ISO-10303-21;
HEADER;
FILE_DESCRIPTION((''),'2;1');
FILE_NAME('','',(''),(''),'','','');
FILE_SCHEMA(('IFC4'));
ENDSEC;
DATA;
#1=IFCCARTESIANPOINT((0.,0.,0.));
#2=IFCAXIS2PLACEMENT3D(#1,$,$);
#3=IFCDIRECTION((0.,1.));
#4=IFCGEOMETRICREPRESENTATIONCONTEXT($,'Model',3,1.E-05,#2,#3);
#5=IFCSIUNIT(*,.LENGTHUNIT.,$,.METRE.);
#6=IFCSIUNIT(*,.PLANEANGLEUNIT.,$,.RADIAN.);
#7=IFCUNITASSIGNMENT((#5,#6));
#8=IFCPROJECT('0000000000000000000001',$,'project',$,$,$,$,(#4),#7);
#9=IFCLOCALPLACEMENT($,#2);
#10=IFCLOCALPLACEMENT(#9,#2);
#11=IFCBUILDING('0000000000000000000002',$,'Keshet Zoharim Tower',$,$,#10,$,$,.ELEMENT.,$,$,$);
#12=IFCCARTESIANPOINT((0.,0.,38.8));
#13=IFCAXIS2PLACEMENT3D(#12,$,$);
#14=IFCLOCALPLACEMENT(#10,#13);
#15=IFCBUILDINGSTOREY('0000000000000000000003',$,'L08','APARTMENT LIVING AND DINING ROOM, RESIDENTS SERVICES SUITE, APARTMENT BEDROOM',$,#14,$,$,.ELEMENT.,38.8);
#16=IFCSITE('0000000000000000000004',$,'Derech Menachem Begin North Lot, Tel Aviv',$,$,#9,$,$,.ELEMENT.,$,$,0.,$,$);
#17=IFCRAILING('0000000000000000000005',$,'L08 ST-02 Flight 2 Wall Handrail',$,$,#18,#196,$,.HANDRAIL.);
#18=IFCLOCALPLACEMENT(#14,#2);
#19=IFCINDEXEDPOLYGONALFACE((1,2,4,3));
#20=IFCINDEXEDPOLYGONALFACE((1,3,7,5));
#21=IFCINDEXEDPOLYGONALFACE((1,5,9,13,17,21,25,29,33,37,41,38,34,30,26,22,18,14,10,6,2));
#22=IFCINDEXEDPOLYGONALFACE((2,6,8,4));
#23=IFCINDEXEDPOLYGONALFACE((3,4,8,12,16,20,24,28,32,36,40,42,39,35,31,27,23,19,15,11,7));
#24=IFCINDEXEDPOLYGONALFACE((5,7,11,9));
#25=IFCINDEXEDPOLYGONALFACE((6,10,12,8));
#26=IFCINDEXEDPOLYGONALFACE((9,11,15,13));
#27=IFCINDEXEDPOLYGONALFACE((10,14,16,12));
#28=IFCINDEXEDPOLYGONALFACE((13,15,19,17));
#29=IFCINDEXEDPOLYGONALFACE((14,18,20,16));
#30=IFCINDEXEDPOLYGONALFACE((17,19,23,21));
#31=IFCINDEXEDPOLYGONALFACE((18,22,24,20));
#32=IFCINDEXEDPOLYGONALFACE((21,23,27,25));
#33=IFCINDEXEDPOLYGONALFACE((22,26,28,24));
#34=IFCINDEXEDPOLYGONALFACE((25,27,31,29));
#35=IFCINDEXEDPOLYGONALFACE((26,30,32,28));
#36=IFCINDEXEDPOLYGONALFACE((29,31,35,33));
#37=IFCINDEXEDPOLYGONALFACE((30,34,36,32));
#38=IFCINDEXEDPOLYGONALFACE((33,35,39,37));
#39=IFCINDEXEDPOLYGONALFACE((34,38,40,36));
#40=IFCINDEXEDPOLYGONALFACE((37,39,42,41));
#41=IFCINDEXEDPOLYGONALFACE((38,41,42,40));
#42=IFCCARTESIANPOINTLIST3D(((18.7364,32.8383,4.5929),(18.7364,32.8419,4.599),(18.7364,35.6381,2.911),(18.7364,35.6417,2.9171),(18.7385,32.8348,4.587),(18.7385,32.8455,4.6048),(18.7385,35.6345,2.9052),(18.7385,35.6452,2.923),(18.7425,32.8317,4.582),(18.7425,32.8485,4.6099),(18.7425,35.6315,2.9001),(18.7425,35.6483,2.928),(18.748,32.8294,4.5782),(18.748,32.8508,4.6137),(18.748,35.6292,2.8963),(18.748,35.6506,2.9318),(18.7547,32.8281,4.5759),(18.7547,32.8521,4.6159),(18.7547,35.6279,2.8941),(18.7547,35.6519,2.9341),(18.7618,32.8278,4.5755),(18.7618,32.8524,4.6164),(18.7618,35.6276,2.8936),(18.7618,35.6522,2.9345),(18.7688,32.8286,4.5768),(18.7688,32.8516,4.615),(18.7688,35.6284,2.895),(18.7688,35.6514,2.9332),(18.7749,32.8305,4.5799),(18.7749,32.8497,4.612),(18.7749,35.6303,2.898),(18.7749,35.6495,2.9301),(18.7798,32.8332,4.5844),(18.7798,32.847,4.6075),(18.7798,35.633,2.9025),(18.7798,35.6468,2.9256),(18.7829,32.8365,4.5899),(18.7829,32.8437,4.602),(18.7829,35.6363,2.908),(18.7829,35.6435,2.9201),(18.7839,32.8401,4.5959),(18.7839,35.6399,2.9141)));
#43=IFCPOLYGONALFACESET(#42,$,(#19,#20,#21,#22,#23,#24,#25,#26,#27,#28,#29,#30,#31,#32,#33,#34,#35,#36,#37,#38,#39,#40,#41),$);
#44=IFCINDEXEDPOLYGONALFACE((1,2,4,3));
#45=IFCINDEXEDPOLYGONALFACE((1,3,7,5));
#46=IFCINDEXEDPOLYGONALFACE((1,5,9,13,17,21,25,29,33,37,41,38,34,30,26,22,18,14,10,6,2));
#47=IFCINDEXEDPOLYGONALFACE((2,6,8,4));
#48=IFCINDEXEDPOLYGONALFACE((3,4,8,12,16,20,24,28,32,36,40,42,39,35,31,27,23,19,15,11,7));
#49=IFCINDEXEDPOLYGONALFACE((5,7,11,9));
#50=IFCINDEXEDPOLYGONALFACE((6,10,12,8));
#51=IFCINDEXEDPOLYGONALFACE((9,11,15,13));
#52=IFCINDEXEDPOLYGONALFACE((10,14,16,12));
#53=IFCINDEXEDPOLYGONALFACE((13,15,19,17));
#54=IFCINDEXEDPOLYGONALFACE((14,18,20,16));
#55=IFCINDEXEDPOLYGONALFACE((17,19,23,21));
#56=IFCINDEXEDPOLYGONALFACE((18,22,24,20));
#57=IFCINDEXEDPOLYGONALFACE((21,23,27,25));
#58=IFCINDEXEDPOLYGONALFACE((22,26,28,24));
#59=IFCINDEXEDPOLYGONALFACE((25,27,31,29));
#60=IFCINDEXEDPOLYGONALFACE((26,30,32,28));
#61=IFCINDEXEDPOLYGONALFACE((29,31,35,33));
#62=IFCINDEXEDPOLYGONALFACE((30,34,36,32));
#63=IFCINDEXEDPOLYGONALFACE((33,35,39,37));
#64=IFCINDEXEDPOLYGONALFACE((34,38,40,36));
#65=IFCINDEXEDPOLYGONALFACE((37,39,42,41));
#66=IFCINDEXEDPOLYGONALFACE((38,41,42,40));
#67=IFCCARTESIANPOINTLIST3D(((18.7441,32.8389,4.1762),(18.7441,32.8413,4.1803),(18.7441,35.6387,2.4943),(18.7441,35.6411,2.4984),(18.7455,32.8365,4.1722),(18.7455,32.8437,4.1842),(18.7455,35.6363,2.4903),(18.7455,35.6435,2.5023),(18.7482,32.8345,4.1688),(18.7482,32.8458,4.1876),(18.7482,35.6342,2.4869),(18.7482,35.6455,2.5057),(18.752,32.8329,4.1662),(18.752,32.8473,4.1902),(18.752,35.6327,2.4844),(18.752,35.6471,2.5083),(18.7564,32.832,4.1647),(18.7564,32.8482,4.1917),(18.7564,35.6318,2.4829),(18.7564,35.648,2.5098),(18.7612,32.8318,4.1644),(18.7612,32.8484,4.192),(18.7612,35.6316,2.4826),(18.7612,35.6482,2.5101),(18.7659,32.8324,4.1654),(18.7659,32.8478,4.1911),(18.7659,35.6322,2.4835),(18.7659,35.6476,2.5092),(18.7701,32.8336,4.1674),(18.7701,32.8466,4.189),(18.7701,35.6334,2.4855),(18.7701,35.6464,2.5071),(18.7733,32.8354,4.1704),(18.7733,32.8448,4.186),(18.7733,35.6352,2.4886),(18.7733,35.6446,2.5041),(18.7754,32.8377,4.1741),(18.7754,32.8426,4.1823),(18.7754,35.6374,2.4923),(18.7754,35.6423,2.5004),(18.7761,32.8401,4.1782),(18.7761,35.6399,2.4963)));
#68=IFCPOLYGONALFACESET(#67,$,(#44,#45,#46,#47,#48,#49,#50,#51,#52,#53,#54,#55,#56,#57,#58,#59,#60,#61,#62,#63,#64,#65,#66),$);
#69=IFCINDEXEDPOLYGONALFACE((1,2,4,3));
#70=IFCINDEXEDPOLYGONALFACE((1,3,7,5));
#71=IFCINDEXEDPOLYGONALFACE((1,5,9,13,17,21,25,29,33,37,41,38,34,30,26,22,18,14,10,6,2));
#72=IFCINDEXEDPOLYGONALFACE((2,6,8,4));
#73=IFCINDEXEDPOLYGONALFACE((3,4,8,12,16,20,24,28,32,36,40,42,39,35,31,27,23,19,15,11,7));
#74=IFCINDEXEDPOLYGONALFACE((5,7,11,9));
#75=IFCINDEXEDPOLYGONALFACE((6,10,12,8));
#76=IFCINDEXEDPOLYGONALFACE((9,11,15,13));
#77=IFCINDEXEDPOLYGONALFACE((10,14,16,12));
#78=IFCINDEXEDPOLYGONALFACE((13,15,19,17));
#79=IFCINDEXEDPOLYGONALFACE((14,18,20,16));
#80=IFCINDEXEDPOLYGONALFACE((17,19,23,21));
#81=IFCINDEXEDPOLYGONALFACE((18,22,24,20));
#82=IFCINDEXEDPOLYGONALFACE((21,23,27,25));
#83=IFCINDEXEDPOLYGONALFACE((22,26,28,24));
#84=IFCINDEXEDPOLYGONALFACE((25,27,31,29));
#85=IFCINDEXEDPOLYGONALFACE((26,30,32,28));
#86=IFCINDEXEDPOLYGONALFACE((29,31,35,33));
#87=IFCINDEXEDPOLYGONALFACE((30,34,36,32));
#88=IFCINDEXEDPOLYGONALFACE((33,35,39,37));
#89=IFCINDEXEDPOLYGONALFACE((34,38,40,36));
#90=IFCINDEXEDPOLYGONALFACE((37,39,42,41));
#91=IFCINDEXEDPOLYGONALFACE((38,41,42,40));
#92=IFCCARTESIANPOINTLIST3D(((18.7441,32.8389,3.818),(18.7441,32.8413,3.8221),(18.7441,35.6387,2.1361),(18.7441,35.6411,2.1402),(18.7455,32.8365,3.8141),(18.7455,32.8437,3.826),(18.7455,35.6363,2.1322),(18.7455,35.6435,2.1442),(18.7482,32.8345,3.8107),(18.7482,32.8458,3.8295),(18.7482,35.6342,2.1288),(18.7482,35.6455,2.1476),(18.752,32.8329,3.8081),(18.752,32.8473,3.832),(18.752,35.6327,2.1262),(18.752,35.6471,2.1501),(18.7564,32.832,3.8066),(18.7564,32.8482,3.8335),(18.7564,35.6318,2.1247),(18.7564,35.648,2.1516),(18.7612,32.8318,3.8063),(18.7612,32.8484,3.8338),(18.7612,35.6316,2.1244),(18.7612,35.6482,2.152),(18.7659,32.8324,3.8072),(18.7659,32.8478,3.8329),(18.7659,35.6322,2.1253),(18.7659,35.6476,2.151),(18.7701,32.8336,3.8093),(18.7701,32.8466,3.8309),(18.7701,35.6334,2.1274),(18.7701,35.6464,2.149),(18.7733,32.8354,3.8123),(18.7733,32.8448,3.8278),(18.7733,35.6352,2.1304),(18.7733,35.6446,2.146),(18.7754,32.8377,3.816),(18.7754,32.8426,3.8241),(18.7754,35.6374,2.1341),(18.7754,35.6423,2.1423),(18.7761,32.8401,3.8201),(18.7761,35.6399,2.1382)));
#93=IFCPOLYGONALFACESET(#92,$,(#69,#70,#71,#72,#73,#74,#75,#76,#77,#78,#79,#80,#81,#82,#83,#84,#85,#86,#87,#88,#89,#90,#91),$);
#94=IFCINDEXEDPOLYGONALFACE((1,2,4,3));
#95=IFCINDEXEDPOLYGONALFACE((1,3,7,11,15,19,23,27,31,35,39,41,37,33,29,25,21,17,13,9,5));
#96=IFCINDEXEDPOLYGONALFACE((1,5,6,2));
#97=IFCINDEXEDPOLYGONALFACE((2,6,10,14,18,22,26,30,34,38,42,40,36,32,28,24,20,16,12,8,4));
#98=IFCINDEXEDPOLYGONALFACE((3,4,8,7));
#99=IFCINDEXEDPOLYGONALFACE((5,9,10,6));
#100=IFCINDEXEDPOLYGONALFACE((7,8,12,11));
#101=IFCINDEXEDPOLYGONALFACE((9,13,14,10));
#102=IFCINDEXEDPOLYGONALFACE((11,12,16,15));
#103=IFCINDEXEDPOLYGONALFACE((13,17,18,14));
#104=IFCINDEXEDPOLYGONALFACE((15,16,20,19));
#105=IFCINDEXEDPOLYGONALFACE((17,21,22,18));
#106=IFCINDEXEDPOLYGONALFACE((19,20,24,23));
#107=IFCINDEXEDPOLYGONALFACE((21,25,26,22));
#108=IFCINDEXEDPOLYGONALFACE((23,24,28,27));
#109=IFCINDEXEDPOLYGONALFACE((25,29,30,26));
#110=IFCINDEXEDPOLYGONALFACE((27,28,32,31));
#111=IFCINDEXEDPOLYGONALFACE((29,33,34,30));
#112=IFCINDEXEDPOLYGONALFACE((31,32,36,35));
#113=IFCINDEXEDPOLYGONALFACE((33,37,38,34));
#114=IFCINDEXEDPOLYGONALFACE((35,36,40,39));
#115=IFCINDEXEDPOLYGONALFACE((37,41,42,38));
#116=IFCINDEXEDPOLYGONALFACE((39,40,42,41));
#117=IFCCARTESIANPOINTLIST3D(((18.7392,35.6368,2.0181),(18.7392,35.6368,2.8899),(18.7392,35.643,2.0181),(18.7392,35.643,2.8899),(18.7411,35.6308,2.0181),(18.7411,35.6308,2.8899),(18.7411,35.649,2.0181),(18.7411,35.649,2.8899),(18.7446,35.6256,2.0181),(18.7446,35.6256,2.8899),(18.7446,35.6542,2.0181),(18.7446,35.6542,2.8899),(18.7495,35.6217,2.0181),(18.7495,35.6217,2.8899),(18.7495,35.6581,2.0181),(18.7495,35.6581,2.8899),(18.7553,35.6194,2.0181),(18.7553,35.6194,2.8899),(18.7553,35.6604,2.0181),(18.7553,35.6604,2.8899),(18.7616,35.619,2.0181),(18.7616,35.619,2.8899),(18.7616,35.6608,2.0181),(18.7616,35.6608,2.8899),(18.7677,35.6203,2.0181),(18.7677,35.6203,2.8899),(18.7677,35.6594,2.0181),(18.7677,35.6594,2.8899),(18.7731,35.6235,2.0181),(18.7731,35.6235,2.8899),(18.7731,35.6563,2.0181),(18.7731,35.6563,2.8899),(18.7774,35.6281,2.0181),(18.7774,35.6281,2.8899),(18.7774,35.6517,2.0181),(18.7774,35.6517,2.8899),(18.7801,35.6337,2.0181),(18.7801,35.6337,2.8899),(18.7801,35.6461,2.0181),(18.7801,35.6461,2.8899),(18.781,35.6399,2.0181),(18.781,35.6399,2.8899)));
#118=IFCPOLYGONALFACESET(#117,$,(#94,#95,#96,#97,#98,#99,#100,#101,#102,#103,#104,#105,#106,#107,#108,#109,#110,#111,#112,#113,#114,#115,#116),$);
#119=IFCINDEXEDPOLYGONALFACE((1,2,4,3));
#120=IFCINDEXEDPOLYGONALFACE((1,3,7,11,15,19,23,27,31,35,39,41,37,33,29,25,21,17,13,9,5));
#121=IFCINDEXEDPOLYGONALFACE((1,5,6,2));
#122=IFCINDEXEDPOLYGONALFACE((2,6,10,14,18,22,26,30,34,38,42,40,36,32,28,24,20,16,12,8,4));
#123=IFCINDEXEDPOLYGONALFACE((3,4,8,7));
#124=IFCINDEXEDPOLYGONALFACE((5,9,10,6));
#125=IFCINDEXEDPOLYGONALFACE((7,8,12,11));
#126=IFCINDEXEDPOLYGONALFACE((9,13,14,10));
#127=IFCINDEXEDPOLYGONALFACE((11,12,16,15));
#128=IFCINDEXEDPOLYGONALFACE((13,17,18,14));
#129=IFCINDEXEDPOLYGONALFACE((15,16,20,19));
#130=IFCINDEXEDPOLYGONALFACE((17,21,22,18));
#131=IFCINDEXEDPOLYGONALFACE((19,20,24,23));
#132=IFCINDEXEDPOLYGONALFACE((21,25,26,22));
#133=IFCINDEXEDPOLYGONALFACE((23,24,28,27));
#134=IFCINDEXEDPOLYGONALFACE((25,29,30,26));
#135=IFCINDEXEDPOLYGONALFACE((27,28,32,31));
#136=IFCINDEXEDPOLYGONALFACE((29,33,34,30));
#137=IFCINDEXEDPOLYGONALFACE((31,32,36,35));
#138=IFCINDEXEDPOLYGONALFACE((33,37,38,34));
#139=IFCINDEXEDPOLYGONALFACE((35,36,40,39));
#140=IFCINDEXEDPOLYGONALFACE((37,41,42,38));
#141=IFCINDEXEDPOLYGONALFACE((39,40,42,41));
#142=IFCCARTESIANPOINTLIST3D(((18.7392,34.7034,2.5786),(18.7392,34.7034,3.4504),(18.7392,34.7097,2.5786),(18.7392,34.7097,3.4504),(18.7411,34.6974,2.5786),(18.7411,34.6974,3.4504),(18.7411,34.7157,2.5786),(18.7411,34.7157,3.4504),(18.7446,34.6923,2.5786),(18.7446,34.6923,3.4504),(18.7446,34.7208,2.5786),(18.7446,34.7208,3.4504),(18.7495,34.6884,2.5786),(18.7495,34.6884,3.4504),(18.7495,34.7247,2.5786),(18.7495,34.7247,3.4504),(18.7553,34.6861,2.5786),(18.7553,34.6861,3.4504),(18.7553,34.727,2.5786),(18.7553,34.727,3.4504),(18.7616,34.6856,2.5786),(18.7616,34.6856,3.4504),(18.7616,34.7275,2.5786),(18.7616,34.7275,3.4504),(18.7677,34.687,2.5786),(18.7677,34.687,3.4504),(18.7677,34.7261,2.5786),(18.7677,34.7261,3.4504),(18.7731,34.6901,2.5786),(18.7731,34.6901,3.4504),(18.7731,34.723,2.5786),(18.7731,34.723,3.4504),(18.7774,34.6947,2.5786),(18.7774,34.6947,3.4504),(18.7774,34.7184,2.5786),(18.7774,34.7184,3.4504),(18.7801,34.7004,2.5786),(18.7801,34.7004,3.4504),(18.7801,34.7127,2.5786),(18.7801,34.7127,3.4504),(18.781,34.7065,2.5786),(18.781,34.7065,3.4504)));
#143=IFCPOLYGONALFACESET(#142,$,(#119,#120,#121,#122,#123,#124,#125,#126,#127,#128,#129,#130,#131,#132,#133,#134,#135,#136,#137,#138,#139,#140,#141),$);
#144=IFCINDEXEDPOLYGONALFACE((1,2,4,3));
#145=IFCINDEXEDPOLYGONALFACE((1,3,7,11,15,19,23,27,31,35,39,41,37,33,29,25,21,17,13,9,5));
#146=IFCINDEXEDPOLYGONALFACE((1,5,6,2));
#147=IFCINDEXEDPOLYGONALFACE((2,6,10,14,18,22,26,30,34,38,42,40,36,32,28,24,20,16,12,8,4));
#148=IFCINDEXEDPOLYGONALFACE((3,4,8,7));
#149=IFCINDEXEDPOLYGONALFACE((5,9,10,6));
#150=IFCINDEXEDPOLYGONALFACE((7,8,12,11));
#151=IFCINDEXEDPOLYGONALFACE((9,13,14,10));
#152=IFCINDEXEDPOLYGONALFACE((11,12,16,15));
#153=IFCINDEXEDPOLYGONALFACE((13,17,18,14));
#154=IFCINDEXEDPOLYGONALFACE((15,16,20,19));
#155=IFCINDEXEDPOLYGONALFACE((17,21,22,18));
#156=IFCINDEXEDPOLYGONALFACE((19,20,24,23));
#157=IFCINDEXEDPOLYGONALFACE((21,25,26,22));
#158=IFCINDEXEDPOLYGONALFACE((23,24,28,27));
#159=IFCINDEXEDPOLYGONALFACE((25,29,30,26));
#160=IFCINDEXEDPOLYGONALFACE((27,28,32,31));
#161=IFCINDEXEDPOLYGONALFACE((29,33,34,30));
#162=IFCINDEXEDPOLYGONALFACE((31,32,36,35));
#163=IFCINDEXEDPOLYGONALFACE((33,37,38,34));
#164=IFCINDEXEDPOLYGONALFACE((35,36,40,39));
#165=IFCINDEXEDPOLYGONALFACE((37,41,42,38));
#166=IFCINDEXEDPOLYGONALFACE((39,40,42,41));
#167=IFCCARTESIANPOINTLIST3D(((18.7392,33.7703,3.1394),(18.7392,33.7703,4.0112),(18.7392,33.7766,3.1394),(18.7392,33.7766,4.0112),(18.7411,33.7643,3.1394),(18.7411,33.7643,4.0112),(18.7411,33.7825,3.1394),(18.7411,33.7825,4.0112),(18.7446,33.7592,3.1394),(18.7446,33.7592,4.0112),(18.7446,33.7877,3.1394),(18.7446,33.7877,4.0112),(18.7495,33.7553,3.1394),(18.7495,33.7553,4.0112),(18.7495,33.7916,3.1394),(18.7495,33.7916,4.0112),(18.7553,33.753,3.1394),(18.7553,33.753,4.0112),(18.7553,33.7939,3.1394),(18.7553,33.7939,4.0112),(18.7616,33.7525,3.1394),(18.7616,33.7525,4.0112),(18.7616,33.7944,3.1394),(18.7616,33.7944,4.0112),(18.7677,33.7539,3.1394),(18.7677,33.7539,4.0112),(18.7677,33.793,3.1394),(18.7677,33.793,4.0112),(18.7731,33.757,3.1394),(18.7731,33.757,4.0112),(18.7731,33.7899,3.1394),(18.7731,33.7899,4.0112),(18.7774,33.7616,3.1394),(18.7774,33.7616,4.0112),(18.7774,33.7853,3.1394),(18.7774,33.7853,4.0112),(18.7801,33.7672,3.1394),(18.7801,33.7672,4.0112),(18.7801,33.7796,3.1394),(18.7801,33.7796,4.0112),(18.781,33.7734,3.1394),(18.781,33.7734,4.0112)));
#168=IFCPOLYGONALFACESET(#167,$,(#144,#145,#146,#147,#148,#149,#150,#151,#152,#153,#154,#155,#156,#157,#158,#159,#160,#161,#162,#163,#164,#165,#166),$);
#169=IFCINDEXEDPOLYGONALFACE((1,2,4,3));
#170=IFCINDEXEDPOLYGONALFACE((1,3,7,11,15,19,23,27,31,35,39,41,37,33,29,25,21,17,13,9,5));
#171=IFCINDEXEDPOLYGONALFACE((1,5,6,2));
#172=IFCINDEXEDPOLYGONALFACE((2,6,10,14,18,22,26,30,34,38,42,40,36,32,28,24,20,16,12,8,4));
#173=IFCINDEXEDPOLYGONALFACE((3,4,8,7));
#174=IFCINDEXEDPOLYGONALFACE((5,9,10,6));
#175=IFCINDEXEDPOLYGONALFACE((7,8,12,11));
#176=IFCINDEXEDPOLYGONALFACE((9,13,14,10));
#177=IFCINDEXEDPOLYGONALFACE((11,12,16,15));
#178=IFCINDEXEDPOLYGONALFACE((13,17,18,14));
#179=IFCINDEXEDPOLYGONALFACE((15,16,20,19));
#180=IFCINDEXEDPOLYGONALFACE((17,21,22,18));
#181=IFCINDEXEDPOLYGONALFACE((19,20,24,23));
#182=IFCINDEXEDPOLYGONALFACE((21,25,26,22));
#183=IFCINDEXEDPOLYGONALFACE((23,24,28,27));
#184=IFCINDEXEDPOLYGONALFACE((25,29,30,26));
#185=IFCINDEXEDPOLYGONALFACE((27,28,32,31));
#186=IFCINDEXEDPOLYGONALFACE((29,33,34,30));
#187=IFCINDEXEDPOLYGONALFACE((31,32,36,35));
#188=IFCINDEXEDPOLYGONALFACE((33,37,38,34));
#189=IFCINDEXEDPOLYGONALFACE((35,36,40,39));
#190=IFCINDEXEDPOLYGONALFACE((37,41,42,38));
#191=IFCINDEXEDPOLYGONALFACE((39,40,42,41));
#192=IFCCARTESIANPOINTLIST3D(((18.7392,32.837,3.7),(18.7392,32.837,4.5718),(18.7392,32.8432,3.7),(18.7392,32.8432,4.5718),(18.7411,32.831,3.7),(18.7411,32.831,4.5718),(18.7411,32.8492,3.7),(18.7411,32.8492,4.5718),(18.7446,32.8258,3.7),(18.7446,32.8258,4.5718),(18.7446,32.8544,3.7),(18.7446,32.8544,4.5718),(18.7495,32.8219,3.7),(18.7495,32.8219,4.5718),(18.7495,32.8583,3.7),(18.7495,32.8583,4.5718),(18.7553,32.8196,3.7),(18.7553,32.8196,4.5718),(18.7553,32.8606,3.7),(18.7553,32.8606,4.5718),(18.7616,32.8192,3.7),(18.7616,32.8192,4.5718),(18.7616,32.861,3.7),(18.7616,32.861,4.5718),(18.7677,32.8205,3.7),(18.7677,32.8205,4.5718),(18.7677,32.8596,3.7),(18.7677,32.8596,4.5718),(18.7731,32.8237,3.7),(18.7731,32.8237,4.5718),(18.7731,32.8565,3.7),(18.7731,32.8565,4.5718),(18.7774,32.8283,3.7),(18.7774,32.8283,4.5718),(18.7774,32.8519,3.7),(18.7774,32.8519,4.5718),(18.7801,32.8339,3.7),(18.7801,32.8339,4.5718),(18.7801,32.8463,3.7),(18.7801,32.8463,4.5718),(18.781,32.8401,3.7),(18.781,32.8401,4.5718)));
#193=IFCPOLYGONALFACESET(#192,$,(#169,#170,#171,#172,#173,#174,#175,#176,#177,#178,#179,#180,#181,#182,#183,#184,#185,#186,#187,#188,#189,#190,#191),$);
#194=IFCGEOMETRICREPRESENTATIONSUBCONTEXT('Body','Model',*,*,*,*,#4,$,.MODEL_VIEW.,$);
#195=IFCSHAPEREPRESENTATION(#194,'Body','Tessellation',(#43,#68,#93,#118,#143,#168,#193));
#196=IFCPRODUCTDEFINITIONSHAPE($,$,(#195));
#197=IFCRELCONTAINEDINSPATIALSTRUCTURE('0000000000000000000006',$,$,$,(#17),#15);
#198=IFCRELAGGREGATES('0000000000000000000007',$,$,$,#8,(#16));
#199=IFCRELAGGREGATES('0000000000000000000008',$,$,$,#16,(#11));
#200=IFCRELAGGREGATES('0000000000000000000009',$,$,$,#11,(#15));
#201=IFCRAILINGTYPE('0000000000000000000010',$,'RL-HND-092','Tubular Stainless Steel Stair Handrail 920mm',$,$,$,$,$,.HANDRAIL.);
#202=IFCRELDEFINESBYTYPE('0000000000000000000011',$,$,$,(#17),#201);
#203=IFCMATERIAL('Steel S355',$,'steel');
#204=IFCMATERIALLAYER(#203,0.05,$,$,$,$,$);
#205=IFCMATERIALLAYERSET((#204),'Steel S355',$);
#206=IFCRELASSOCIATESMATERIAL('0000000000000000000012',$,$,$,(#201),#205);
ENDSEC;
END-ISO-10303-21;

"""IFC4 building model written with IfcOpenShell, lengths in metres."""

from ifc_helpers import new_model, si_unit, direction, frame, origin, origin_2d, place, context, subcontext, project, spatial, circle, extrude, material, layer, layer_set, type_object, element, save


model = new_model("IFC4")

# Units and contexts
model_context = context("Model", 3, precision=1e-05, world=origin(), true_north=direction((0.0, 1.0)))
body_context = subcontext(model_context, "Body", "Model", "MODEL_VIEW")
ifc_project = project(units=[si_unit("LENGTHUNIT", "METRE"), si_unit("PLANEANGLEUNIT", "RADIAN")], contexts=[model_context])

# Site, building, storey
site_placement = place(None, origin())
site = spatial("IfcSite", under=ifc_project, at=site_placement, Name="Derech Menachem Begin North Lot, Tel Aviv", CompositionType="ELEMENT", RefElevation=0.0)
building_placement = place(site_placement, origin())
building = spatial("IfcBuilding", under=site, at=building_placement, Name="Keshet Zoharim Tower", CompositionType="ELEMENT")
storey_placement = place(building_placement, frame((0.0, 0.0, 38.8)))
storey = spatial("IfcBuildingStorey", under=building, at=storey_placement, Name="L08", Description="APARTMENT LIVING AND DINING ROOM, RESIDENTS SERVICES SUITE, APARTMENT BEDROOM", CompositionType="ELEMENT", Elevation=38.8)

# Railing
ifc_material_1 = material(Name="Steel S355", Category="steel")
ifc_layer_1 = layer(ifc_material_1, 0.05)
ifc_layer_set_1 = layer_set([ifc_layer_1], Name="Steel S355")
railing_type_1 = type_object("IfcRailingType", Name="RL-HND-092", Description="Tubular Stainless Steel Stair Handrail 920mm", PredefinedType="HANDRAIL", material=ifc_layer_set_1)
railing_1_placement = place(storey_placement, frame((18.76, 35.6399, 2.0181)))
element("IfcRailing", 1, at=railing_1_placement, inside=storey, type_object=railing_type_1, Name="L08 ST-02 Flight 2 Wall Handrail", PredefinedType="HANDRAIL", context=body_context, shape_type="SweptSolid", body=[
    extrude(circle(Radius=0.0239, at=origin_2d()), frame((0.0, 0.0, 0.896), z_axis=(0.0, -0.857222, 0.514946), x_axis=(1.0, 0.0, 0.0)), (0.0, 0.0, 1.0), 3.2661),
    extrude(circle(Radius=0.0161, at=origin_2d()), frame((0.0, 0.0, 0.4783), z_axis=(0.0, -0.857222, 0.514946), x_axis=(1.0, 0.0, 0.0)), (0.0, 0.0, 1.0), 3.2661),
    extrude(circle(Radius=0.0161, at=origin_2d()), frame((0.0, 0.0, 0.1201), z_axis=(0.0, -0.857222, 0.514946), x_axis=(1.0, 0.0, 0.0)), (0.0, 0.0, 1.0), 3.2661),
    extrude(circle(Radius=0.021, at=origin_2d()), origin(), (0.0, 0.0, 1.0), 0.8718),
    extrude(circle(Radius=0.021, at=origin_2d()), frame((0.0, -0.9333, 0.5605)), (0.0, 0.0, 1.0), 0.8718),
    extrude(circle(Radius=0.021, at=origin_2d()), frame((0.0, -1.8665, 1.1213)), (0.0, 0.0, 1.0), 0.8718),
    extrude(circle(Radius=0.021, at=origin_2d()), frame((0.0, -2.7998, 1.6819)), (0.0, 0.0, 1.0), 0.8718),
])

save(model, "model.ifc")
